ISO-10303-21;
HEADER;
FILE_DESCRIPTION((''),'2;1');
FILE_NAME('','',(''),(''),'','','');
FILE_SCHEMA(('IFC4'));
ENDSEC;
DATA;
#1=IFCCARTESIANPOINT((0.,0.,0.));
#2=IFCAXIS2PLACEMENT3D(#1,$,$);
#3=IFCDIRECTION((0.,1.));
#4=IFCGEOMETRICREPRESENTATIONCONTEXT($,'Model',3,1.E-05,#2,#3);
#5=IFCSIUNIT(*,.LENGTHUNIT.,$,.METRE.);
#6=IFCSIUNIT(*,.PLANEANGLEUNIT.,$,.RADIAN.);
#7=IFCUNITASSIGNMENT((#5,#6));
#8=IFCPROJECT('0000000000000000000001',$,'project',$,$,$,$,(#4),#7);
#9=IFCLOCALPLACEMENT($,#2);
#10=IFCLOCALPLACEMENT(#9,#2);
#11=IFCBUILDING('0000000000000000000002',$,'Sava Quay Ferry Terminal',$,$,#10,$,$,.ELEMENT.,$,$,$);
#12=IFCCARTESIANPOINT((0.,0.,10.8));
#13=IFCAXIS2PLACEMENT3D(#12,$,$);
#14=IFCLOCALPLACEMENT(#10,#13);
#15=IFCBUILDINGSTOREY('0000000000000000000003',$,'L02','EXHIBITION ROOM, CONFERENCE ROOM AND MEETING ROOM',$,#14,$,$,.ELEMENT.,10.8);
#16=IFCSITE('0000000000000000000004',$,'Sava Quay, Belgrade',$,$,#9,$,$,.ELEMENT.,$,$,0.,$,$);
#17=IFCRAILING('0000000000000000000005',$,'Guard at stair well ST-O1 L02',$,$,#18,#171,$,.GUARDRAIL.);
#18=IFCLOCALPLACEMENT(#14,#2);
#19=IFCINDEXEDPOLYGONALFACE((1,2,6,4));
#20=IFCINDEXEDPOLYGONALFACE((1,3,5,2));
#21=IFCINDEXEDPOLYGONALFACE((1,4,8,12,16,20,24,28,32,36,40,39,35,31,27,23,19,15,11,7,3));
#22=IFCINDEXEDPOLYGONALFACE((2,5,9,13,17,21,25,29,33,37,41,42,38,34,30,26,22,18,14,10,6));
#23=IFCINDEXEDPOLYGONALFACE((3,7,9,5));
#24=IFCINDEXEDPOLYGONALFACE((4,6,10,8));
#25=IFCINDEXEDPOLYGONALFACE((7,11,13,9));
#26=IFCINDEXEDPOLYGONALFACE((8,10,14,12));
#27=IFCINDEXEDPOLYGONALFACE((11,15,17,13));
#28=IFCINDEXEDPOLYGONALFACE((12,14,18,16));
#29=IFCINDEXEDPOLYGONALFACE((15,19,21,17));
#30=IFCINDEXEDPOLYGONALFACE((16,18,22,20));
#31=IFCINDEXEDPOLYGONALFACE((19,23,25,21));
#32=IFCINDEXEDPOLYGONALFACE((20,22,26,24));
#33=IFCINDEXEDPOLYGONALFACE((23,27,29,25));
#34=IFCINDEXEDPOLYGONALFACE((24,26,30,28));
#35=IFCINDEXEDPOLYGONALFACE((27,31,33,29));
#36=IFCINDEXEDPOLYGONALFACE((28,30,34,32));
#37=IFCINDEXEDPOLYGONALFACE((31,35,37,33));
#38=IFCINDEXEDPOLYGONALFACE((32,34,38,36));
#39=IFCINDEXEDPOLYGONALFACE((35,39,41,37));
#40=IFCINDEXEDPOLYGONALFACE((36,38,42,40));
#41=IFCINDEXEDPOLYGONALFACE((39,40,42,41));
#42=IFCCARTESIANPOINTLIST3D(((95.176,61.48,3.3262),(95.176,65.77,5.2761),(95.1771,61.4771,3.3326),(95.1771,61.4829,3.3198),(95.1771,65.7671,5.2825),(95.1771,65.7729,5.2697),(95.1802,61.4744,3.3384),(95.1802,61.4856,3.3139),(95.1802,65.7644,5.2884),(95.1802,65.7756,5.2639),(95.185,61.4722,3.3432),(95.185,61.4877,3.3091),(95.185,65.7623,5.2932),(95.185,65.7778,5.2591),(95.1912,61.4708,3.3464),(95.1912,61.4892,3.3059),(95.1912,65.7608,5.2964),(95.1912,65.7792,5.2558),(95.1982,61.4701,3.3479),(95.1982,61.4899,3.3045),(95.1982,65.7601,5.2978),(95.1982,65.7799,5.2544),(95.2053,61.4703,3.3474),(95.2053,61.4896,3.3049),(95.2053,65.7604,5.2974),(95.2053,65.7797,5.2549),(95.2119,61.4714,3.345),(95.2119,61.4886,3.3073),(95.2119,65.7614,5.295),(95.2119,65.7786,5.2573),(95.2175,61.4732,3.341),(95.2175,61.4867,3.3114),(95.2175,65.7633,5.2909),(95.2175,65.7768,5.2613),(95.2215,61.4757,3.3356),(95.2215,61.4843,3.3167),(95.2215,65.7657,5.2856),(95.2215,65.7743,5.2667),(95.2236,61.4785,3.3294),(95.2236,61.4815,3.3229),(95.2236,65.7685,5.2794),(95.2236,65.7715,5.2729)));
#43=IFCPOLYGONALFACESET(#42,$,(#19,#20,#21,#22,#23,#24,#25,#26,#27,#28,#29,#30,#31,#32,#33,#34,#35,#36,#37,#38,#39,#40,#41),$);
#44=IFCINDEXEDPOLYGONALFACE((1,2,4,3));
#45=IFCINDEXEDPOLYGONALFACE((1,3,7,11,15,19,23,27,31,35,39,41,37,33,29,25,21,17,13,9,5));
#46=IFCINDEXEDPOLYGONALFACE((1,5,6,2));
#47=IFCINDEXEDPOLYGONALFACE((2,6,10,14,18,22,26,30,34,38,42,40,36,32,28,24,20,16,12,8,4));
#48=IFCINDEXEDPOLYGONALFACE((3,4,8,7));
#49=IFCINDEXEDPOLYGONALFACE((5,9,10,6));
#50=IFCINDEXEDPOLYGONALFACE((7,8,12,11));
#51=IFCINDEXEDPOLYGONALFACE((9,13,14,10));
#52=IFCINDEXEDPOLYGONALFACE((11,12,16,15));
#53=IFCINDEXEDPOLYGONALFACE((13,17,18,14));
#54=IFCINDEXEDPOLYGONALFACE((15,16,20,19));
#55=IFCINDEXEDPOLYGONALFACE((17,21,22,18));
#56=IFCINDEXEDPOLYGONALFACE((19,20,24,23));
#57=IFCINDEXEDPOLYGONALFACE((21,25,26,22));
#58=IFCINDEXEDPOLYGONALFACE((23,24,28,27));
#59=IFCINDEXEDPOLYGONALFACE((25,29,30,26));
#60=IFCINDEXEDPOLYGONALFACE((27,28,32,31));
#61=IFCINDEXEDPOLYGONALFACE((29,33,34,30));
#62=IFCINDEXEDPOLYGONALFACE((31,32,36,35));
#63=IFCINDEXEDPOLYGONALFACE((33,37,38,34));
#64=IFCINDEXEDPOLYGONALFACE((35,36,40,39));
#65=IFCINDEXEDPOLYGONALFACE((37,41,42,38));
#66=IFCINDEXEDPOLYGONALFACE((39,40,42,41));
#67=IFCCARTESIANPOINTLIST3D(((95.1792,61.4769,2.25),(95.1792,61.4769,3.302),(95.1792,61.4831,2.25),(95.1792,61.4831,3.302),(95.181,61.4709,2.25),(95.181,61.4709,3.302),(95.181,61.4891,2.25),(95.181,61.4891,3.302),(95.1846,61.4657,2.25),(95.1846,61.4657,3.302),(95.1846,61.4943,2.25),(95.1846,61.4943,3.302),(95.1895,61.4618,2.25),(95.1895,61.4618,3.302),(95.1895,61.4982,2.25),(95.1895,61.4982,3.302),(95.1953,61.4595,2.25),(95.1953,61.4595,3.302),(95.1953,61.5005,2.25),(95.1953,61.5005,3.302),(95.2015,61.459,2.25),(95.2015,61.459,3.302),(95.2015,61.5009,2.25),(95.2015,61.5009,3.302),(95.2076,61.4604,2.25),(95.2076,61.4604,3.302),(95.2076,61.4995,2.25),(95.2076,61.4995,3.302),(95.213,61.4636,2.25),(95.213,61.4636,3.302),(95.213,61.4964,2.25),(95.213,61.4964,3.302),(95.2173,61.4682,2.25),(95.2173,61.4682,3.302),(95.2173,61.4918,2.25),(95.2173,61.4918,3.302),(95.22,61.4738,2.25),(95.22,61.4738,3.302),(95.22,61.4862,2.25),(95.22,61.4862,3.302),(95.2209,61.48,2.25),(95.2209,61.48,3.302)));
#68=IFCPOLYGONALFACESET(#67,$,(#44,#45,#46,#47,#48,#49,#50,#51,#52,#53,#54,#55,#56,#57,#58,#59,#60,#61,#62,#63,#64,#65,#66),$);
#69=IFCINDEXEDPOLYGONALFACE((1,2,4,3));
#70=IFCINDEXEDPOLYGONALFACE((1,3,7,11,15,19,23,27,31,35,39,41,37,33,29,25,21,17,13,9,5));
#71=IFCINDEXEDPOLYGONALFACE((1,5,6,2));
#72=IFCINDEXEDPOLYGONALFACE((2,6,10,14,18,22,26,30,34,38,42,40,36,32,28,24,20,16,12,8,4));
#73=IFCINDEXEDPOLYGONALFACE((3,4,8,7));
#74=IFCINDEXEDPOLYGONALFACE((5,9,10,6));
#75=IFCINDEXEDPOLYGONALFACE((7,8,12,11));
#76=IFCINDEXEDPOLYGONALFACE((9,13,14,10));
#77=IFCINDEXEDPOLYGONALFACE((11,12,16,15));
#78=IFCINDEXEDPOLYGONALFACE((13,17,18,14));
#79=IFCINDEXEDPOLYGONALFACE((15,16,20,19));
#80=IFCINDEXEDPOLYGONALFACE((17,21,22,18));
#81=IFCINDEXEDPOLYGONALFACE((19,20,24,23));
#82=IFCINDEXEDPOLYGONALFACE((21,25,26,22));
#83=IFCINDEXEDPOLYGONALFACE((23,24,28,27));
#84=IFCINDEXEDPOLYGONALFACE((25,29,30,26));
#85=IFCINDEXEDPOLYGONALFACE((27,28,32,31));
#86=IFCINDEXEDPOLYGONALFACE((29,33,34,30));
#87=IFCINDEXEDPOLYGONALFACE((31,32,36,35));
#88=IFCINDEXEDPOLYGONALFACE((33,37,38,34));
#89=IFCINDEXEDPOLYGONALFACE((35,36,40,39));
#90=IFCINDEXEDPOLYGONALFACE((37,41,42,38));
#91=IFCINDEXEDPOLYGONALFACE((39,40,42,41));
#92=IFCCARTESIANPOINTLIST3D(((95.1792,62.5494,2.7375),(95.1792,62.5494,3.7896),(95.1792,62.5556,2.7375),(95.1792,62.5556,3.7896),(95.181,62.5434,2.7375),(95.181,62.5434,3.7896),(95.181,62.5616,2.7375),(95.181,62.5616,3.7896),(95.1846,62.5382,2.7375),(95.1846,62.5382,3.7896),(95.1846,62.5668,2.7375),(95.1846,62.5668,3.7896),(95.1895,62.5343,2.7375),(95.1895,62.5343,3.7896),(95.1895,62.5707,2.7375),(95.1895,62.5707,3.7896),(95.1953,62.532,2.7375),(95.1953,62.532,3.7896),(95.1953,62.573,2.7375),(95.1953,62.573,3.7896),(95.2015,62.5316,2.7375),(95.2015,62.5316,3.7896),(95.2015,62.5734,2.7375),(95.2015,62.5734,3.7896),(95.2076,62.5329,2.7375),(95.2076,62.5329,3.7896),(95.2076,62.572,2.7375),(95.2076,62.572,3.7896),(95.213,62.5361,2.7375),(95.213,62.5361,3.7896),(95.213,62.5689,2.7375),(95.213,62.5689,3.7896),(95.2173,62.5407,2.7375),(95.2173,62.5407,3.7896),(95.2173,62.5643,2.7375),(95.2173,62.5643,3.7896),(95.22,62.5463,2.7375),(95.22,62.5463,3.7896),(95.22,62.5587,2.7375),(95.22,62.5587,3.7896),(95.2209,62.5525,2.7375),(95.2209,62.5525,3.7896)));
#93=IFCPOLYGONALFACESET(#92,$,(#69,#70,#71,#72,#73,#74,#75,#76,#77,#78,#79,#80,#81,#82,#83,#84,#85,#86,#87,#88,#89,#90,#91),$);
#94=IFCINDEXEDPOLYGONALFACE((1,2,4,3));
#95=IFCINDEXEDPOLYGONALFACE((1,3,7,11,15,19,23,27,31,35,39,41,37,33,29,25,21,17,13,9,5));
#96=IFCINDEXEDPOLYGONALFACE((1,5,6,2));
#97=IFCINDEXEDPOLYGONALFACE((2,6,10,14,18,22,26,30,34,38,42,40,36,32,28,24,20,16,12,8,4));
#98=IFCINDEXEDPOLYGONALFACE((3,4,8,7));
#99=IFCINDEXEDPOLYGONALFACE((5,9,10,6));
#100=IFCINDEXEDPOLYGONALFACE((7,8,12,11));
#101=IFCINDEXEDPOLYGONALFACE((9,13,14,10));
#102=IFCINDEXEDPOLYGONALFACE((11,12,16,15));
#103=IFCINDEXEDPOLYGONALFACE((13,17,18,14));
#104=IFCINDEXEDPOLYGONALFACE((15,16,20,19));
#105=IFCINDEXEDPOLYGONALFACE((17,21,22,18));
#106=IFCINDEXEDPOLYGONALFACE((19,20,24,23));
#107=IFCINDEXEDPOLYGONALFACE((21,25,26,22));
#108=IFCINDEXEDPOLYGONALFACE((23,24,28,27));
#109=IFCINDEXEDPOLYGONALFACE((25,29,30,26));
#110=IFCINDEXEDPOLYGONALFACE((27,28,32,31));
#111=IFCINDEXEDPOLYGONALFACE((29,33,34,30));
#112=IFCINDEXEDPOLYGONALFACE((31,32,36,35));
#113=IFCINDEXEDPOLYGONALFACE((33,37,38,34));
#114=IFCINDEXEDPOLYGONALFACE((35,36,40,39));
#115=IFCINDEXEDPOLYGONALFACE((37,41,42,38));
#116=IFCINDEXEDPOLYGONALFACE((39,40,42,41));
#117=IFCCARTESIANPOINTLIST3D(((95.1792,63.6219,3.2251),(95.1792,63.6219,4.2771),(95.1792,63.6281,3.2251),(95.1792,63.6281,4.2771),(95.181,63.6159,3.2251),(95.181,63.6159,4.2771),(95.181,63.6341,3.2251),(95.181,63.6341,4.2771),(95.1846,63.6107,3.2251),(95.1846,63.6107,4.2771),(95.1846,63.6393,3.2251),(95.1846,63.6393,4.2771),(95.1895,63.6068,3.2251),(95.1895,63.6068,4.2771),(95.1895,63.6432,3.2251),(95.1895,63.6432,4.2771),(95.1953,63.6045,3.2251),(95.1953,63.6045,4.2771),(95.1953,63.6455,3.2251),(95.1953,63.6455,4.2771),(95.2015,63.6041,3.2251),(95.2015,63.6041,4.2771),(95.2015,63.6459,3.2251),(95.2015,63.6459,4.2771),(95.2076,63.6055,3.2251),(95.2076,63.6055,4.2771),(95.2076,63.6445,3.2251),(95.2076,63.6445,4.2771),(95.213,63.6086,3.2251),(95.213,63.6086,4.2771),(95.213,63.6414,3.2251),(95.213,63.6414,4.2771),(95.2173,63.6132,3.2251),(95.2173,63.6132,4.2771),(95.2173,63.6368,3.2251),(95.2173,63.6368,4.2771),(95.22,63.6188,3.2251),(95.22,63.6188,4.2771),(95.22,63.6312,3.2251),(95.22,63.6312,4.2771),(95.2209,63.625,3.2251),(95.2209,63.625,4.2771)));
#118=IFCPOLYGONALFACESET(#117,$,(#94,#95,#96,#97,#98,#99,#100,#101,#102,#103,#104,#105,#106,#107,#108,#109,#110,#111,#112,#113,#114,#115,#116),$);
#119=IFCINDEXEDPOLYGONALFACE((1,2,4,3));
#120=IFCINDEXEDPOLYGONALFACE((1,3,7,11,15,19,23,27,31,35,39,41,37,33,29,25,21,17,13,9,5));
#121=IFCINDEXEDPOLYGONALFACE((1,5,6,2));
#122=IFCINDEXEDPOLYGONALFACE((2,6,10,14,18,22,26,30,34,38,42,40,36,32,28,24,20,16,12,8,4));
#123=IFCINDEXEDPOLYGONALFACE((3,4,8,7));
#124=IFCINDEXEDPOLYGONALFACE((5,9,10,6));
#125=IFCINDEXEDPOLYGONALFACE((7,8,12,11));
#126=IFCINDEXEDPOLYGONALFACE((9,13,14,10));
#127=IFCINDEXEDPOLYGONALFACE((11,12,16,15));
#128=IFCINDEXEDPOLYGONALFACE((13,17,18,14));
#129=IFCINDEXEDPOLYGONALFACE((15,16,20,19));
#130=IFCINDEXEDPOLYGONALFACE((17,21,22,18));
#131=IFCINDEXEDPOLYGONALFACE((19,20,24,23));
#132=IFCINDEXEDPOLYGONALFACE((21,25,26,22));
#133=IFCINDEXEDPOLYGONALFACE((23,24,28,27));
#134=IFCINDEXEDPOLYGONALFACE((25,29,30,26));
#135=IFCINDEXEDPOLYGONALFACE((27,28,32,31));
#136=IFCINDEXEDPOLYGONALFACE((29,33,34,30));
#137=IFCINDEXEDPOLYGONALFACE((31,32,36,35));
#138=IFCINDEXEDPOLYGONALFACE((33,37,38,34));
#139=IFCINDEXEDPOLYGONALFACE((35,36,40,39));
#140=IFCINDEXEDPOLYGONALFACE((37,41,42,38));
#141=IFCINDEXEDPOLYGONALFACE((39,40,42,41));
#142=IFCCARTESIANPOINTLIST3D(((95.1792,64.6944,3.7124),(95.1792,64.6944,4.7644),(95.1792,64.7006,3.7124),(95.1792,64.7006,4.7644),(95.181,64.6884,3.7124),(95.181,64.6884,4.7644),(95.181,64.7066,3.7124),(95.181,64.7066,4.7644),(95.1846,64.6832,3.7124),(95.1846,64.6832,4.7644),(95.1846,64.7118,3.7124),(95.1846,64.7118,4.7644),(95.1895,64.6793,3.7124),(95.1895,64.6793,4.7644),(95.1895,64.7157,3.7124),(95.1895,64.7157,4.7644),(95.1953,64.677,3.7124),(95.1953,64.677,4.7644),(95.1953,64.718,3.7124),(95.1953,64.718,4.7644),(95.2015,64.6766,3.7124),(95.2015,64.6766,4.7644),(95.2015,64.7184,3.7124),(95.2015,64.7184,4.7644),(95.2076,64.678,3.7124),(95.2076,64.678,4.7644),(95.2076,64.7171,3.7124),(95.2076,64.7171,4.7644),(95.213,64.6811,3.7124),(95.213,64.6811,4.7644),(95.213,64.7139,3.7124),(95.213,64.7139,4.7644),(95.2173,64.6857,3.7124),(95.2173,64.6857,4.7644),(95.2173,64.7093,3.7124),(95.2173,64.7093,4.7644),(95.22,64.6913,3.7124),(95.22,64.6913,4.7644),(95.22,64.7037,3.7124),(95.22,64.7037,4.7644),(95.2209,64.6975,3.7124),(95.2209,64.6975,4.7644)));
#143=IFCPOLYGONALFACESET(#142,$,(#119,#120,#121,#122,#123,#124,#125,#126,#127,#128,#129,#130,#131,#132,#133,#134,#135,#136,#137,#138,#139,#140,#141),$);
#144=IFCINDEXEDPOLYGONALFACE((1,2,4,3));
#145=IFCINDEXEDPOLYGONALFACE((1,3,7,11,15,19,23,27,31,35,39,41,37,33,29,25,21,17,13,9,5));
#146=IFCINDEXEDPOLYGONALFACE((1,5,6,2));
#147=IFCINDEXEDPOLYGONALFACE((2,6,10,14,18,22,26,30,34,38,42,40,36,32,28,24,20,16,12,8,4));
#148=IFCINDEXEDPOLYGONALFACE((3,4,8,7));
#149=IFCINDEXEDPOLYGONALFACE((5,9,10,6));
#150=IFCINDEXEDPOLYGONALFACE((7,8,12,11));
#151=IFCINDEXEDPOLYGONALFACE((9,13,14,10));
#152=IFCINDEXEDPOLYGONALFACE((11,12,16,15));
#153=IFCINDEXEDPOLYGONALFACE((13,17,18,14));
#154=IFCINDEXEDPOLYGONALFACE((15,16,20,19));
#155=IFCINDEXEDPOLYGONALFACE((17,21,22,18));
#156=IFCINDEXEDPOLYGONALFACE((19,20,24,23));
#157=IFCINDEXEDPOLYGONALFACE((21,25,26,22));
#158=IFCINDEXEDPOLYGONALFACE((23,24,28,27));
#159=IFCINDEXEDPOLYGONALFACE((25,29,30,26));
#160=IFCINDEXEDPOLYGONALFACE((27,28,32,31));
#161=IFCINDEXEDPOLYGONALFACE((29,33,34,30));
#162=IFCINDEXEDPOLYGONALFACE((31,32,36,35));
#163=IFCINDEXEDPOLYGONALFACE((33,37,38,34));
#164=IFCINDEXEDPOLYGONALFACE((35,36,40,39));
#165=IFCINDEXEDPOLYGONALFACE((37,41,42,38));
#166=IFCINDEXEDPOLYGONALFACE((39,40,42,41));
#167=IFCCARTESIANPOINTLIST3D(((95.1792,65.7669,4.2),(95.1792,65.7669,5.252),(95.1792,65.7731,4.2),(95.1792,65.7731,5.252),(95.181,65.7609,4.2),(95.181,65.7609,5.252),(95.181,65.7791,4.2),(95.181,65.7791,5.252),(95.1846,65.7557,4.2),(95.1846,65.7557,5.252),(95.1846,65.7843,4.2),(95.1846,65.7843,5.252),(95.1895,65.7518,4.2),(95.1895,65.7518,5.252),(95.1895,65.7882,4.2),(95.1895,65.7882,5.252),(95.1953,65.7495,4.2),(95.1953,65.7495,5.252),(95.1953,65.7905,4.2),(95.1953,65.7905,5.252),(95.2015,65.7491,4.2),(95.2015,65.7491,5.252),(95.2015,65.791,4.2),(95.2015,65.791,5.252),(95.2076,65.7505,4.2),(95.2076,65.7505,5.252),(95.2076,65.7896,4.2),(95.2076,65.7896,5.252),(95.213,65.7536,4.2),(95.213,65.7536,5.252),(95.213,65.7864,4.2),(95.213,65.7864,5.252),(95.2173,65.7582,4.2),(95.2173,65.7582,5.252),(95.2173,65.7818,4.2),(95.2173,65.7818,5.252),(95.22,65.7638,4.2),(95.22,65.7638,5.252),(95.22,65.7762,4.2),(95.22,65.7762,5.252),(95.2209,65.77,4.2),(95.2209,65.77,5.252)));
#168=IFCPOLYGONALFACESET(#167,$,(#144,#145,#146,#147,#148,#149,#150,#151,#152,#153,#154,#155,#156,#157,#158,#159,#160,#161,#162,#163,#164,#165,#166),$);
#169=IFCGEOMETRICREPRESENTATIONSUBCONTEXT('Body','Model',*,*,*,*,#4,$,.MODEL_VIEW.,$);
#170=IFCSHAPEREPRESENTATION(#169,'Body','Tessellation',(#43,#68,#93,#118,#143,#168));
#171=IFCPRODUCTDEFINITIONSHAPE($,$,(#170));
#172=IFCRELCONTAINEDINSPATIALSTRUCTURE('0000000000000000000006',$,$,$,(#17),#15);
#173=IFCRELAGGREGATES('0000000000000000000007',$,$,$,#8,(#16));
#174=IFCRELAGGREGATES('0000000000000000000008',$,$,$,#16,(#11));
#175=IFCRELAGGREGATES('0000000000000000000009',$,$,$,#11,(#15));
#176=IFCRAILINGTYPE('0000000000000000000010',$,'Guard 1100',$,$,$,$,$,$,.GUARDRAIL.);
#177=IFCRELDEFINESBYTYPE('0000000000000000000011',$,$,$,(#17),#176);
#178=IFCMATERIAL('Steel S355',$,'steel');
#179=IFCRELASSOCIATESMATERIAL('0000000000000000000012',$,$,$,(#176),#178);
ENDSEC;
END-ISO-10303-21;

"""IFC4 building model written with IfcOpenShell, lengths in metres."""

from ifc_helpers import new_model, si_unit, direction, frame, origin, origin_2d, place, context, subcontext, project, spatial, circle, extrude, material, type_object, element, save


model = new_model("IFC4")

# Units and contexts
model_context = context("Model", 3, precision=1e-05, world=origin(), true_north=direction((0.0, 1.0)))
body_context = subcontext(model_context, "Body", "Model", "MODEL_VIEW")
ifc_project = project(units=[si_unit("LENGTHUNIT", "METRE"), si_unit("PLANEANGLEUNIT", "RADIAN")], contexts=[model_context])

# Site, building, storey
site_placement = place(None, origin())
site = spatial("IfcSite", under=ifc_project, at=site_placement, Name="Sava Quay, Belgrade", CompositionType="ELEMENT", RefElevation=0.0)
building_placement = place(site_placement, origin())
building = spatial("IfcBuilding", under=site, at=building_placement, Name="Sava Quay Ferry Terminal", CompositionType="ELEMENT")
storey_placement = place(building_placement, frame((0.0, 0.0, 10.8)))
storey = spatial("IfcBuildingStorey", under=building, at=storey_placement, Name="L02", Description="EXHIBITION ROOM, CONFERENCE ROOM AND MEETING ROOM", CompositionType="ELEMENT", Elevation=10.8)

# Railing
ifc_material_1 = material(Name="Steel S355", Category="steel")
railing_type_1 = type_object("IfcRailingType", Name="Guard 1100", PredefinedType="GUARDRAIL", material=ifc_material_1)
railing_1_placement = place(storey_placement, frame((95.2, 61.48, 2.25)))
element("IfcRailing", 1, at=railing_1_placement, inside=storey, type_object=railing_type_1, Name="Guard at stair well ST-O1 L02", PredefinedType="GUARDRAIL", context=body_context, shape_type="SweptSolid", body=[
    extrude(circle(Radius=0.0239, at=origin_2d()), frame((0.0, 0.0, 1.0762), z_axis=(0.0, 0.910372, 0.413791), x_axis=(-1.0, 0.0, 0.0)), (0.0, 0.0, 1.0), 4.7124),
    extrude(circle(Radius=0.021, at=origin_2d()), origin(), (0.0, 0.0, 1.0), 1.052),
    extrude(circle(Radius=0.021, at=origin_2d()), frame((0.0, 1.0725, 0.4875)), (0.0, 0.0, 1.0), 1.052),
    extrude(circle(Radius=0.021, at=origin_2d()), frame((0.0, 2.145, 0.9751)), (0.0, 0.0, 1.0), 1.052),
    extrude(circle(Radius=0.021, at=origin_2d()), frame((0.0, 3.2175, 1.4624)), (0.0, 0.0, 1.0), 1.052),
    extrude(circle(Radius=0.021, at=origin_2d()), frame((0.0, 4.29, 1.95)), (0.0, 0.0, 1.0), 1.052),
])

save(model, "model.ifc")
